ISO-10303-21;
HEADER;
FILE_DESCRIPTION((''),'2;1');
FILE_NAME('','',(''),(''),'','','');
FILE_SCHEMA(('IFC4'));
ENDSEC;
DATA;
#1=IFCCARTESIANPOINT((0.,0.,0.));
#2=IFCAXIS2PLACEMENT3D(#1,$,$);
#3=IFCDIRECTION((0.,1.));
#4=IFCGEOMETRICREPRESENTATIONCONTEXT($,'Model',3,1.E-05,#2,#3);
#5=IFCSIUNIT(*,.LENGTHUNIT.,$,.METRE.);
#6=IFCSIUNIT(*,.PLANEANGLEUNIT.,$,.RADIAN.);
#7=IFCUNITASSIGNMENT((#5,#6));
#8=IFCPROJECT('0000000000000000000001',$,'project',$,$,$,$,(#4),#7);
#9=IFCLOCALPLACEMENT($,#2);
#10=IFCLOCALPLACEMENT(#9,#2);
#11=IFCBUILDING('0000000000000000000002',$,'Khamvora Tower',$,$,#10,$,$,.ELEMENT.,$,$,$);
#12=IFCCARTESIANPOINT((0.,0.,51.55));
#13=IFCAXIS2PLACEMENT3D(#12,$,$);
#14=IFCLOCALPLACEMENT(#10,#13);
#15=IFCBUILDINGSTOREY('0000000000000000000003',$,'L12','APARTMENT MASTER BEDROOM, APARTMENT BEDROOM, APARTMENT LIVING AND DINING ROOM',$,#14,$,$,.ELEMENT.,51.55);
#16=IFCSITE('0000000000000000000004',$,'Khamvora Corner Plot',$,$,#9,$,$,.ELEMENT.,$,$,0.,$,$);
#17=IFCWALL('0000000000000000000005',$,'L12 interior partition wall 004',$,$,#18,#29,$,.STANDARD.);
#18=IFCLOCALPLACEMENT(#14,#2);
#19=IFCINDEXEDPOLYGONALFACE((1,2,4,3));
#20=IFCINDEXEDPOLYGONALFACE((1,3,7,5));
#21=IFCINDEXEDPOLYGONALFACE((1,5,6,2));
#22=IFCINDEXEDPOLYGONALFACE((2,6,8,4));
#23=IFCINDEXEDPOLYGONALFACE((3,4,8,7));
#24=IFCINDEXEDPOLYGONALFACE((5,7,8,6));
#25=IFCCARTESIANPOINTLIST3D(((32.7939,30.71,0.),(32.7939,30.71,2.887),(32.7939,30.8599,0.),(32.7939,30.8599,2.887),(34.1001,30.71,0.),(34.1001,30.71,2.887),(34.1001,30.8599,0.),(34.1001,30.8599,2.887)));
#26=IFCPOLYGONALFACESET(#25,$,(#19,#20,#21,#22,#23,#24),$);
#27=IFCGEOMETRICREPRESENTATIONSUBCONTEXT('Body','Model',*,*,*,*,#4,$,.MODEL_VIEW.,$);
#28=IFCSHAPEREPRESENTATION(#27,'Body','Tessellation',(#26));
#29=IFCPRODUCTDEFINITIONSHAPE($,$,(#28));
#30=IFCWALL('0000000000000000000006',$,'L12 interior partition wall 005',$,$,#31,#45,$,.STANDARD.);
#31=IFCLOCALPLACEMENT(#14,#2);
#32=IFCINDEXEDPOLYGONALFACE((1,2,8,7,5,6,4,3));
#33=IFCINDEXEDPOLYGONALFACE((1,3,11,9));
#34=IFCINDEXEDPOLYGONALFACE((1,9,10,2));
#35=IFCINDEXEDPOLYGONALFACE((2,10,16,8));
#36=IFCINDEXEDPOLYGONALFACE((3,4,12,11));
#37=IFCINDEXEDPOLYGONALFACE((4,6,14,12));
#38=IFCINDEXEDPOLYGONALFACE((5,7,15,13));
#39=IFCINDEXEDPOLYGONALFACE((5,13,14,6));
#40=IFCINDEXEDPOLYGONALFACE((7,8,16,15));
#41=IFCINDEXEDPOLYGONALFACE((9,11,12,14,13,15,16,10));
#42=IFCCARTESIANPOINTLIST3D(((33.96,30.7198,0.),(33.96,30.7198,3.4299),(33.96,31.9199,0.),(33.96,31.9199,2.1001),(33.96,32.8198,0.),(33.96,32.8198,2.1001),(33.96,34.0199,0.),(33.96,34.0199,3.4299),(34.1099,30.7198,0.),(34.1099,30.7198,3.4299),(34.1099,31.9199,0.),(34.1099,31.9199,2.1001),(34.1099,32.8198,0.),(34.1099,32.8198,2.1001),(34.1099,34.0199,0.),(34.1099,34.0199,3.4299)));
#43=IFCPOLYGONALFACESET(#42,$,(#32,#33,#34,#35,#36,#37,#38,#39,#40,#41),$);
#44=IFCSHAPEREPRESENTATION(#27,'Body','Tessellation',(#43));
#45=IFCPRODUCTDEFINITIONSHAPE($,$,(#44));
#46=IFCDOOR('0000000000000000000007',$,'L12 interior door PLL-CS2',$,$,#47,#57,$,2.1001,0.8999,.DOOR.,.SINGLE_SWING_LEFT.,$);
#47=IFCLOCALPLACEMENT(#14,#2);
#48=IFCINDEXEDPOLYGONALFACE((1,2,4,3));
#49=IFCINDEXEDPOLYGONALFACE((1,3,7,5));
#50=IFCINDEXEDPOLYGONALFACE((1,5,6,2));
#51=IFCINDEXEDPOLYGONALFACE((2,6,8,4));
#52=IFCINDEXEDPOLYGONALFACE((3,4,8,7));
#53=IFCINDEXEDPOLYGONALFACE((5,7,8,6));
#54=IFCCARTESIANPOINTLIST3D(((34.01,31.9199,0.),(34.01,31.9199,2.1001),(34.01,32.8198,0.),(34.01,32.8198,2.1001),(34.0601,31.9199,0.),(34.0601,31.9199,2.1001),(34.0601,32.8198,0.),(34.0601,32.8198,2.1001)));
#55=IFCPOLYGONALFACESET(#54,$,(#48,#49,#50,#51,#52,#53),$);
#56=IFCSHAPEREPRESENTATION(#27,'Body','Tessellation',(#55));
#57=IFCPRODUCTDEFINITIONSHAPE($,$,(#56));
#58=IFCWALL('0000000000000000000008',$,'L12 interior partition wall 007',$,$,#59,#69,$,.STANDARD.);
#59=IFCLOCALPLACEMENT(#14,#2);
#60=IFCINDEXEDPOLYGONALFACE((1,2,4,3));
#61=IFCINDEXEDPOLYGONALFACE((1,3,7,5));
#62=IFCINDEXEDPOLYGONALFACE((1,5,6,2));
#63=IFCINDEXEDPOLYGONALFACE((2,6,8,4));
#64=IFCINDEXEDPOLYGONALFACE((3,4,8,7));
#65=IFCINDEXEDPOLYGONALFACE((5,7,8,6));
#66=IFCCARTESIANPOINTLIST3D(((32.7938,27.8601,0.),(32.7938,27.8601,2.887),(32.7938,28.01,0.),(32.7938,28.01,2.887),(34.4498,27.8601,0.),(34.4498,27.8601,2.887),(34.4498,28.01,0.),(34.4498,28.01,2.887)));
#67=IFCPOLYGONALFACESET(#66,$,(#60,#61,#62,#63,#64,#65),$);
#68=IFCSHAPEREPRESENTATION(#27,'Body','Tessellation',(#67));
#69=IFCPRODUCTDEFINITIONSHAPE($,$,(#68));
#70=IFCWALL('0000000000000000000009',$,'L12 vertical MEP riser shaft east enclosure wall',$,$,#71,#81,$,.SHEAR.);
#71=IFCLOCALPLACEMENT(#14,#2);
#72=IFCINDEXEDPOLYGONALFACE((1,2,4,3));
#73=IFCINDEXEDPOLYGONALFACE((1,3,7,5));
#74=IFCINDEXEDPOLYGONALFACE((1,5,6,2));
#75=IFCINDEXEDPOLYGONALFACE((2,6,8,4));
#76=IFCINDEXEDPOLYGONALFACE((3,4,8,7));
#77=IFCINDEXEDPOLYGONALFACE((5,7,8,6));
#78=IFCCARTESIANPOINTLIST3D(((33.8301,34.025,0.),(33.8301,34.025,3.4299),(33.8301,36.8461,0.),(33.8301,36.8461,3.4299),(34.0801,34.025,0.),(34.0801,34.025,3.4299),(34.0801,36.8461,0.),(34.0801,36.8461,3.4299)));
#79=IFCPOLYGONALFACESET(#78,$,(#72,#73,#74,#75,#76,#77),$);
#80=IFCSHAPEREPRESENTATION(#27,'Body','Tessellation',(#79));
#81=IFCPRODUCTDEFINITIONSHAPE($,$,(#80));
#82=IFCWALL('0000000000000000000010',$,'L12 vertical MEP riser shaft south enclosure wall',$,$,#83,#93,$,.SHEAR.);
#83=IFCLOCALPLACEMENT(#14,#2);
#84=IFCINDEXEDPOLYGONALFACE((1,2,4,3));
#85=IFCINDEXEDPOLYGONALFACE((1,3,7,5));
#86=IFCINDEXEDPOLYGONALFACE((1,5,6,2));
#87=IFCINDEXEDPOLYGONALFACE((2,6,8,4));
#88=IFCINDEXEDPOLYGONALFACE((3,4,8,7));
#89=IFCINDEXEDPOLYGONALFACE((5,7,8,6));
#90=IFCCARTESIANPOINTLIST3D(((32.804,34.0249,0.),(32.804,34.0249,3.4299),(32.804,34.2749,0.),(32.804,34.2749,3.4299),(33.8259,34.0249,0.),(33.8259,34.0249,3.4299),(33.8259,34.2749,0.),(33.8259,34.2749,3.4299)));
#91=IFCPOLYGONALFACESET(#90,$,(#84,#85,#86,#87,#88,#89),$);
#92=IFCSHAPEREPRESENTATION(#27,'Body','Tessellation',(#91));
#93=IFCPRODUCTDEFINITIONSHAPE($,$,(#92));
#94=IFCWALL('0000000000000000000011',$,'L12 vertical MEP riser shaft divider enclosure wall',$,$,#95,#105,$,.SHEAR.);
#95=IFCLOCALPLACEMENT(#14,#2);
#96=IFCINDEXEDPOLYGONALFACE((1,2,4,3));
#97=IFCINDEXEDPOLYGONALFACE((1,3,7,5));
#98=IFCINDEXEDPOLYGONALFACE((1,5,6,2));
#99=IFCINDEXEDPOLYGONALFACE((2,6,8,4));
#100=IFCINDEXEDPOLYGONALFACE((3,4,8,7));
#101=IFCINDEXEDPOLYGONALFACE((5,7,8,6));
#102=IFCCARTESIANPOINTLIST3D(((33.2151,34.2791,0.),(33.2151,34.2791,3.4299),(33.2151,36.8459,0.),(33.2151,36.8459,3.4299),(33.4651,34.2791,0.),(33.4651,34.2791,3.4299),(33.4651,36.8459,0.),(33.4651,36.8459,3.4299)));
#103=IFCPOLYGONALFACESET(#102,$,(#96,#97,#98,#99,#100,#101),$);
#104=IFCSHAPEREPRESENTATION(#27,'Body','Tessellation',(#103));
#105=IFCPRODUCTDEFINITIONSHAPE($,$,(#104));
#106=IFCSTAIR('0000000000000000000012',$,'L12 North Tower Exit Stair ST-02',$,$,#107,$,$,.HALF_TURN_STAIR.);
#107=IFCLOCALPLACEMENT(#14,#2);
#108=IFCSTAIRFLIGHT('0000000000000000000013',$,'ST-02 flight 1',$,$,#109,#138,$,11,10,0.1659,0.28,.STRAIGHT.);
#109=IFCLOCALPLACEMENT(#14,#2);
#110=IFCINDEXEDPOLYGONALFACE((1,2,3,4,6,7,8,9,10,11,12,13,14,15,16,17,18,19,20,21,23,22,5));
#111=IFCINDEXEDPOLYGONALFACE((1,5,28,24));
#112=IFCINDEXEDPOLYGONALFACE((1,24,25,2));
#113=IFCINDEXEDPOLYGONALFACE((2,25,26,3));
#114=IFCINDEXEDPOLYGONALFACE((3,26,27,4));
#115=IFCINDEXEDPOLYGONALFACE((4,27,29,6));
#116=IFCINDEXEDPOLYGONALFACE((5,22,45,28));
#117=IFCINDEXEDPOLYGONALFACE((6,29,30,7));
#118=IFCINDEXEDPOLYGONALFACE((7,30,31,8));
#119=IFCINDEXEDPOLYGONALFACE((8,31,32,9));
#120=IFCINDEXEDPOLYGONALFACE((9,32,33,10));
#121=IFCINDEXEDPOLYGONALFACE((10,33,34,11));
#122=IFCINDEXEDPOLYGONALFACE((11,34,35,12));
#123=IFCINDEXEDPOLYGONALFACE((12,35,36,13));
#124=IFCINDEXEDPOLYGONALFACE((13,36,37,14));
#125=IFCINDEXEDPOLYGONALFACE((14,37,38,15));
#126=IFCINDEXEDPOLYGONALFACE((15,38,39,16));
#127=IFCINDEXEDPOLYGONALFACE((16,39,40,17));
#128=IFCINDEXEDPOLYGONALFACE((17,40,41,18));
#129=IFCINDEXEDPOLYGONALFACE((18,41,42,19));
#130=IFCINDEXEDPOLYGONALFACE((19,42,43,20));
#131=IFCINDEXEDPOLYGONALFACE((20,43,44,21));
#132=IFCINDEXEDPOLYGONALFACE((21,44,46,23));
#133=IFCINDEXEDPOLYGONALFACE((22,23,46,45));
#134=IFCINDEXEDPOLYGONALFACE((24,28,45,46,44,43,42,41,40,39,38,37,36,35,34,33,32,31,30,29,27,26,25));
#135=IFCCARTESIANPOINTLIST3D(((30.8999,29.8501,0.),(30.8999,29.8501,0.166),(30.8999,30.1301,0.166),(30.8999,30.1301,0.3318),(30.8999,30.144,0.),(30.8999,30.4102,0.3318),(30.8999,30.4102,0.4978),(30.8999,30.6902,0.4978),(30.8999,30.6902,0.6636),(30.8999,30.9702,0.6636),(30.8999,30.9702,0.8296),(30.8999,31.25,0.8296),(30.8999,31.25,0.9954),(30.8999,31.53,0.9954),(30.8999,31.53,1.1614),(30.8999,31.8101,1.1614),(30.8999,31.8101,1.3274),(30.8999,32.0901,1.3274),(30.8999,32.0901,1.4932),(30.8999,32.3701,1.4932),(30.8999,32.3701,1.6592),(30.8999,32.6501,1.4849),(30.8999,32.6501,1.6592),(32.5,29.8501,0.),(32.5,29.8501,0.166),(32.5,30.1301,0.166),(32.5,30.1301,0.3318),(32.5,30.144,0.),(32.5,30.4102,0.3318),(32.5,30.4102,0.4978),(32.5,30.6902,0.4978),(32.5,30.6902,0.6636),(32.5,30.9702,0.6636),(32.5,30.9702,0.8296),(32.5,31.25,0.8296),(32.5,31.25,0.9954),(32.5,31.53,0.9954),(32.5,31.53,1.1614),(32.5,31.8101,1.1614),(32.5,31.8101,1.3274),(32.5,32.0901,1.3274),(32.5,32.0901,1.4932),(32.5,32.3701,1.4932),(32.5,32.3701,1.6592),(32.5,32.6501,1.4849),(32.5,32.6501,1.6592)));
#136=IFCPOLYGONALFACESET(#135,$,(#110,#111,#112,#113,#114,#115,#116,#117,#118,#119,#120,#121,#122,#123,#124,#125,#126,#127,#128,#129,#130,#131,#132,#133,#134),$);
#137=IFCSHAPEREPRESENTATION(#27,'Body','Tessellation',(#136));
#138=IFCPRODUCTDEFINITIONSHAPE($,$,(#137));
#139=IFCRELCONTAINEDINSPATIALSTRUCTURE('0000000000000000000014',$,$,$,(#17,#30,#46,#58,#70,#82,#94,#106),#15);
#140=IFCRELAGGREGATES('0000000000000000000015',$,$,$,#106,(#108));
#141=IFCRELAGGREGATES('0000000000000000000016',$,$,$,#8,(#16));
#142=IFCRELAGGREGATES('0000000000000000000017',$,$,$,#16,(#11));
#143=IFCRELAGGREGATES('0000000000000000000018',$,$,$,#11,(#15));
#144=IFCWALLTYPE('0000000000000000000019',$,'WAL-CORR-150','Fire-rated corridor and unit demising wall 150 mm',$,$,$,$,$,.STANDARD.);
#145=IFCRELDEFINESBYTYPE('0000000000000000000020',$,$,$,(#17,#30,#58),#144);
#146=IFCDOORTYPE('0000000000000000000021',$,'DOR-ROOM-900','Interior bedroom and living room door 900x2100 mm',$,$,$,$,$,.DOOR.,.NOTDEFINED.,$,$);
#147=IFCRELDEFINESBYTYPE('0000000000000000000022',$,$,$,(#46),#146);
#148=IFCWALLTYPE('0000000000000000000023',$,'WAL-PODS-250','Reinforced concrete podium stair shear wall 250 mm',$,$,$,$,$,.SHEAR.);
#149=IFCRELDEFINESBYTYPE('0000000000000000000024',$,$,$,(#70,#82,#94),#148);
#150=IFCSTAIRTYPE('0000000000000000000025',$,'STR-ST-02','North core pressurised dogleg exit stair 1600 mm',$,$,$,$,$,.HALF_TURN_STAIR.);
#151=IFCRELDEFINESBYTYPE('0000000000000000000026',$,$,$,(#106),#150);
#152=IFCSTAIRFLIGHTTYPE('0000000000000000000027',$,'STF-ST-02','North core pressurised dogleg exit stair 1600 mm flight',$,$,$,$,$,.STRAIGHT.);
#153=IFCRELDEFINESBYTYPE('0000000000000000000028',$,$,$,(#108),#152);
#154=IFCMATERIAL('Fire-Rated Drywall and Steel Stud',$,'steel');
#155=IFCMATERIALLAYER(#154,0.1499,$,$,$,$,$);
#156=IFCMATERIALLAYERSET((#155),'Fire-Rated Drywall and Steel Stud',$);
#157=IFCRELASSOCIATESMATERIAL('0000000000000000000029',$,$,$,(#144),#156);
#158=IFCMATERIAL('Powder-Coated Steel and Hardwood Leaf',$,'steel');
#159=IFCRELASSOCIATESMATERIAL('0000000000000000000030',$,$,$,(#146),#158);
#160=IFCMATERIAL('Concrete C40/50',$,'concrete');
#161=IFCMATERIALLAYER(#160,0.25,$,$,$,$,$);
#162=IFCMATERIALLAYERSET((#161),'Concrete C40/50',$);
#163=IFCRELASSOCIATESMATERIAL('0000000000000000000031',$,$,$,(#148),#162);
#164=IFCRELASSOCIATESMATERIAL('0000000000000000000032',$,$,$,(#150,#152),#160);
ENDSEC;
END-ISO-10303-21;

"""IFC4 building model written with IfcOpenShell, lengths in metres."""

from ifc_helpers import new_model, si_unit, direction, frame, frame_2d, origin, place, context, subcontext, project, spatial, polyline, rectangle, outline, extrude, material, layer, layer_set, type_object, element, fill, aggregate, save


model = new_model("IFC4")

# Units and contexts
model_context = context("Model", 3, precision=1e-05, world=origin(), true_north=direction((0.0, 1.0)))
body_context = subcontext(model_context, "Body", "Model", "MODEL_VIEW")
ifc_project = project(units=[si_unit("LENGTHUNIT", "METRE"), si_unit("PLANEANGLEUNIT", "RADIAN")], contexts=[model_context])

# Site, building, storey
site_placement = place(None, origin())
site = spatial("IfcSite", under=ifc_project, at=site_placement, Name="Khamvora Corner Plot", CompositionType="ELEMENT", RefElevation=0.0)
building_placement = place(site_placement, origin())
building = spatial("IfcBuilding", under=site, at=building_placement, Name="Khamvora Tower", CompositionType="ELEMENT")
storey_placement = place(building_placement, frame((0.0, 0.0, 51.55)))
storey = spatial("IfcBuildingStorey", under=building, at=storey_placement, Name="L12", Description="APARTMENT MASTER BEDROOM, APARTMENT BEDROOM, APARTMENT LIVING AND DINING ROOM", CompositionType="ELEMENT", Elevation=51.55)

# Shared definitions
ifc_material_1 = material(Name="Powder-Coated Steel and Hardwood Leaf", Category="steel")

# Wall
ifc_material_2 = material(Name="Fire-Rated Drywall and Steel Stud", Category="steel")
ifc_layer_1 = layer(ifc_material_2, 0.1499)
ifc_layer_set_1 = layer_set([ifc_layer_1], Name="Fire-Rated Drywall and Steel Stud")
wall_type_1 = type_object("IfcWallType", Name="WAL-CORR-150", Description="Fire-rated corridor and unit demising wall 150 mm", PredefinedType="STANDARD", material=ifc_layer_set_1)
wall_1_placement = place(storey_placement, frame((32.7939, 30.7849, 0.0), z_axis=(0.0, 0.0, 1.0), x_axis=(1.0, 0.0, 0.0)))
element("IfcWall", 1, at=wall_1_placement, inside=storey, type_object=wall_type_1, Name="L12 interior partition wall 004", PredefinedType="STANDARD", context=body_context, shape_type="SweptSolid", body=[
    extrude(rectangle(XDim=1.3062, YDim=0.1499, at=frame_2d((0.6531, 0.0))), origin(), (0.0, 0.0, 1.0), 2.887),
])

# Wall, opening, door
wall_2_placement = place(storey_placement, frame((34.0349, 30.72, 0.0), z_axis=(0.0, 0.0, 1.0), x_axis=(0.0, 1.0, 0.0)))
wall_2 = element("IfcWall", 2, at=wall_2_placement, inside=storey, type_object=wall_type_1, Name="L12 interior partition wall 005", PredefinedType="STANDARD", context=body_context, shape_type="SweptSolid", body=[
    extrude(rectangle(XDim=3.3, YDim=0.1499, at=frame_2d((1.6499, 0.0))), origin(), (0.0, 0.0, 1.0), 3.4299),
])
opening_1_placement = place(wall_2_placement, frame((1.2, 0.0, 0.0)))
opening_1 = element("IfcOpeningElement", 3, at=opening_1_placement, cuts=wall_2, PredefinedType="OPENING", context=body_context, shape_type="SweptSolid", body=[
    extrude(rectangle(XDim=0.8999, YDim=2.1001, at=frame_2d((0.45, 1.05))), frame((0.0, 0.085, 0.0), z_axis=(0.0, -1.0, 0.0), x_axis=(1.0, 0.0, 0.0)), (0.0, 0.0, 1.0), 0.1699),
])
door_type_1 = type_object("IfcDoorType", Name="DOR-ROOM-900", Description="Interior bedroom and living room door 900x2100 mm", OperationType="NOTDEFINED", PredefinedType="DOOR", material=ifc_material_1)
door_1_placement = place(opening_1_placement, origin())
door_1 = element("IfcDoor", 4, at=door_1_placement, inside=storey, type_object=door_type_1, Name="L12 interior door PLL-CS2", OperationType="SINGLE_SWING_LEFT", OverallHeight=2.1001, OverallWidth=0.8999, PredefinedType="DOOR", context=body_context, shape_type="SweptSolid", body=[
    extrude(rectangle(XDim=0.8999, YDim=2.1001, at=frame_2d((0.45, 1.05))), frame((0.0, 0.0249, 0.0), z_axis=(0.0, -1.0, 0.0), x_axis=(1.0, 0.0, 0.0)), (0.0, 0.0, 1.0), 0.05),
])
fill(opening_1, door_1)

# Walls
wall_3_placement = place(storey_placement, frame((34.45, 27.9351, 0.0), z_axis=(0.0, 0.0, 1.0), x_axis=(-1.0, 0.0, 0.0)))
element("IfcWall", 5, at=wall_3_placement, inside=storey, type_object=wall_type_1, Name="L12 interior partition wall 007", PredefinedType="STANDARD", context=body_context, shape_type="SweptSolid", body=[
    extrude(rectangle(XDim=1.656, YDim=0.1499, at=frame_2d((0.8281, 0.0))), origin(), (0.0, 0.0, 1.0), 2.887),
])
ifc_material_3 = material(Name="Concrete C40/50", Category="concrete")
ifc_layer_2 = layer(ifc_material_3, 0.25)
ifc_layer_set_2 = layer_set([ifc_layer_2], Name="Concrete C40/50")
wall_type_2 = type_object("IfcWallType", Name="WAL-PODS-250", Description="Reinforced concrete podium stair shear wall 250 mm", PredefinedType="SHEAR", material=ifc_layer_set_2)
wall_4_placement = place(storey_placement, frame((33.9551, 34.0249, 0.0), z_axis=(0.0, 0.0, 1.0), x_axis=(0.0, 1.0, 0.0)))
element("IfcWall", 6, at=wall_4_placement, inside=storey, type_object=wall_type_2, Name="L12 vertical MEP riser shaft east enclosure wall", PredefinedType="SHEAR", context=body_context, shape_type="SweptSolid", body=[
    extrude(rectangle(XDim=2.821, YDim=0.25, at=frame_2d((1.4106, 0.0))), origin(), (0.0, 0.0, 1.0), 3.4299),
])
wall_5_placement = place(storey_placement, frame((32.804, 34.1499, 0.0), z_axis=(0.0, 0.0, 1.0), x_axis=(1.0, 0.0, 0.0)))
element("IfcWall", 7, at=wall_5_placement, inside=storey, type_object=wall_type_2, Name="L12 vertical MEP riser shaft south enclosure wall", PredefinedType="SHEAR", context=body_context, shape_type="SweptSolid", body=[
    extrude(rectangle(XDim=1.022, YDim=0.25, at=frame_2d((0.511, 0.0))), origin(), (0.0, 0.0, 1.0), 3.4299),
])
wall_6_placement = place(storey_placement, frame((33.3401, 34.2791, 0.0), z_axis=(0.0, 0.0, 1.0), x_axis=(0.0, 1.0, 0.0)))
element("IfcWall", 8, at=wall_6_placement, inside=storey, type_object=wall_type_2, Name="L12 vertical MEP riser shaft divider enclosure wall", PredefinedType="SHEAR", context=body_context, shape_type="SweptSolid", body=[
    extrude(rectangle(XDim=2.5669, YDim=0.25, at=frame_2d((1.2834, 0.0))), origin(), (0.0, 0.0, 1.0), 3.4299),
])

# Stair, stair flight
stair_type = type_object("IfcStairType", Name="STR-ST-02", Description="North core pressurised dogleg exit stair 1600 mm", PredefinedType="HALF_TURN_STAIR", material=ifc_material_3)
stair_placement = place(storey_placement, origin())
stair = element("IfcStair", 9, at=stair_placement, inside=storey, type_object=stair_type, Name="L12 North Tower Exit Stair ST-02", PredefinedType="HALF_TURN_STAIR")
stair_flight_type = type_object("IfcStairFlightType", Name="STF-ST-02", Description="North core pressurised dogleg exit stair 1600 mm flight", PredefinedType="STRAIGHT", material=ifc_material_3)
stair_flight_placement = place(storey_placement, frame((31.7, 29.8501, 0.0), z_axis=(0.0, 0.0, 1.0), x_axis=(0.0, 1.0, 0.0)))
stair_flight = element("IfcStairFlight", 10, at=stair_flight_placement, type_object=stair_flight_type, Name="ST-02 flight 1", NumberOfRisers=11, NumberOfTreads=10, PredefinedType="STRAIGHT", RiserHeight=0.1659, TreadLength=0.28, context=body_context, shape_type="SweptSolid", body=[
    extrude(outline(polyline([(0.0, 0.0), (0.0, 0.166), (0.28, 0.166), (0.28, 0.3318), (0.5601, 0.3318), (0.5601, 0.4978), (0.8401, 0.4978), (0.8401, 0.6636), (1.1201, 0.6636), (1.1201, 0.8296), (1.3999, 0.8296), (1.3999, 0.9954), (1.6799, 0.9954), (1.6799, 1.1614), (1.96, 1.1614), (1.96, 1.3274), (2.24, 1.3274), (2.24, 1.4932), (2.52, 1.4932), (2.52, 1.6592), (2.8, 1.6592), (2.8, 1.825), (2.8, 1.4849), (0.2939, 0.0), (0.0, 0.0)])), frame((0.0, 0.8, 0.0), z_axis=(0.0, -1.0, 0.0), x_axis=(1.0, 0.0, 0.0)), (0.0, 0.0, 1.0), 1.6001),
])
aggregate(stair, [stair_flight])

save(model, "model.ifc")
